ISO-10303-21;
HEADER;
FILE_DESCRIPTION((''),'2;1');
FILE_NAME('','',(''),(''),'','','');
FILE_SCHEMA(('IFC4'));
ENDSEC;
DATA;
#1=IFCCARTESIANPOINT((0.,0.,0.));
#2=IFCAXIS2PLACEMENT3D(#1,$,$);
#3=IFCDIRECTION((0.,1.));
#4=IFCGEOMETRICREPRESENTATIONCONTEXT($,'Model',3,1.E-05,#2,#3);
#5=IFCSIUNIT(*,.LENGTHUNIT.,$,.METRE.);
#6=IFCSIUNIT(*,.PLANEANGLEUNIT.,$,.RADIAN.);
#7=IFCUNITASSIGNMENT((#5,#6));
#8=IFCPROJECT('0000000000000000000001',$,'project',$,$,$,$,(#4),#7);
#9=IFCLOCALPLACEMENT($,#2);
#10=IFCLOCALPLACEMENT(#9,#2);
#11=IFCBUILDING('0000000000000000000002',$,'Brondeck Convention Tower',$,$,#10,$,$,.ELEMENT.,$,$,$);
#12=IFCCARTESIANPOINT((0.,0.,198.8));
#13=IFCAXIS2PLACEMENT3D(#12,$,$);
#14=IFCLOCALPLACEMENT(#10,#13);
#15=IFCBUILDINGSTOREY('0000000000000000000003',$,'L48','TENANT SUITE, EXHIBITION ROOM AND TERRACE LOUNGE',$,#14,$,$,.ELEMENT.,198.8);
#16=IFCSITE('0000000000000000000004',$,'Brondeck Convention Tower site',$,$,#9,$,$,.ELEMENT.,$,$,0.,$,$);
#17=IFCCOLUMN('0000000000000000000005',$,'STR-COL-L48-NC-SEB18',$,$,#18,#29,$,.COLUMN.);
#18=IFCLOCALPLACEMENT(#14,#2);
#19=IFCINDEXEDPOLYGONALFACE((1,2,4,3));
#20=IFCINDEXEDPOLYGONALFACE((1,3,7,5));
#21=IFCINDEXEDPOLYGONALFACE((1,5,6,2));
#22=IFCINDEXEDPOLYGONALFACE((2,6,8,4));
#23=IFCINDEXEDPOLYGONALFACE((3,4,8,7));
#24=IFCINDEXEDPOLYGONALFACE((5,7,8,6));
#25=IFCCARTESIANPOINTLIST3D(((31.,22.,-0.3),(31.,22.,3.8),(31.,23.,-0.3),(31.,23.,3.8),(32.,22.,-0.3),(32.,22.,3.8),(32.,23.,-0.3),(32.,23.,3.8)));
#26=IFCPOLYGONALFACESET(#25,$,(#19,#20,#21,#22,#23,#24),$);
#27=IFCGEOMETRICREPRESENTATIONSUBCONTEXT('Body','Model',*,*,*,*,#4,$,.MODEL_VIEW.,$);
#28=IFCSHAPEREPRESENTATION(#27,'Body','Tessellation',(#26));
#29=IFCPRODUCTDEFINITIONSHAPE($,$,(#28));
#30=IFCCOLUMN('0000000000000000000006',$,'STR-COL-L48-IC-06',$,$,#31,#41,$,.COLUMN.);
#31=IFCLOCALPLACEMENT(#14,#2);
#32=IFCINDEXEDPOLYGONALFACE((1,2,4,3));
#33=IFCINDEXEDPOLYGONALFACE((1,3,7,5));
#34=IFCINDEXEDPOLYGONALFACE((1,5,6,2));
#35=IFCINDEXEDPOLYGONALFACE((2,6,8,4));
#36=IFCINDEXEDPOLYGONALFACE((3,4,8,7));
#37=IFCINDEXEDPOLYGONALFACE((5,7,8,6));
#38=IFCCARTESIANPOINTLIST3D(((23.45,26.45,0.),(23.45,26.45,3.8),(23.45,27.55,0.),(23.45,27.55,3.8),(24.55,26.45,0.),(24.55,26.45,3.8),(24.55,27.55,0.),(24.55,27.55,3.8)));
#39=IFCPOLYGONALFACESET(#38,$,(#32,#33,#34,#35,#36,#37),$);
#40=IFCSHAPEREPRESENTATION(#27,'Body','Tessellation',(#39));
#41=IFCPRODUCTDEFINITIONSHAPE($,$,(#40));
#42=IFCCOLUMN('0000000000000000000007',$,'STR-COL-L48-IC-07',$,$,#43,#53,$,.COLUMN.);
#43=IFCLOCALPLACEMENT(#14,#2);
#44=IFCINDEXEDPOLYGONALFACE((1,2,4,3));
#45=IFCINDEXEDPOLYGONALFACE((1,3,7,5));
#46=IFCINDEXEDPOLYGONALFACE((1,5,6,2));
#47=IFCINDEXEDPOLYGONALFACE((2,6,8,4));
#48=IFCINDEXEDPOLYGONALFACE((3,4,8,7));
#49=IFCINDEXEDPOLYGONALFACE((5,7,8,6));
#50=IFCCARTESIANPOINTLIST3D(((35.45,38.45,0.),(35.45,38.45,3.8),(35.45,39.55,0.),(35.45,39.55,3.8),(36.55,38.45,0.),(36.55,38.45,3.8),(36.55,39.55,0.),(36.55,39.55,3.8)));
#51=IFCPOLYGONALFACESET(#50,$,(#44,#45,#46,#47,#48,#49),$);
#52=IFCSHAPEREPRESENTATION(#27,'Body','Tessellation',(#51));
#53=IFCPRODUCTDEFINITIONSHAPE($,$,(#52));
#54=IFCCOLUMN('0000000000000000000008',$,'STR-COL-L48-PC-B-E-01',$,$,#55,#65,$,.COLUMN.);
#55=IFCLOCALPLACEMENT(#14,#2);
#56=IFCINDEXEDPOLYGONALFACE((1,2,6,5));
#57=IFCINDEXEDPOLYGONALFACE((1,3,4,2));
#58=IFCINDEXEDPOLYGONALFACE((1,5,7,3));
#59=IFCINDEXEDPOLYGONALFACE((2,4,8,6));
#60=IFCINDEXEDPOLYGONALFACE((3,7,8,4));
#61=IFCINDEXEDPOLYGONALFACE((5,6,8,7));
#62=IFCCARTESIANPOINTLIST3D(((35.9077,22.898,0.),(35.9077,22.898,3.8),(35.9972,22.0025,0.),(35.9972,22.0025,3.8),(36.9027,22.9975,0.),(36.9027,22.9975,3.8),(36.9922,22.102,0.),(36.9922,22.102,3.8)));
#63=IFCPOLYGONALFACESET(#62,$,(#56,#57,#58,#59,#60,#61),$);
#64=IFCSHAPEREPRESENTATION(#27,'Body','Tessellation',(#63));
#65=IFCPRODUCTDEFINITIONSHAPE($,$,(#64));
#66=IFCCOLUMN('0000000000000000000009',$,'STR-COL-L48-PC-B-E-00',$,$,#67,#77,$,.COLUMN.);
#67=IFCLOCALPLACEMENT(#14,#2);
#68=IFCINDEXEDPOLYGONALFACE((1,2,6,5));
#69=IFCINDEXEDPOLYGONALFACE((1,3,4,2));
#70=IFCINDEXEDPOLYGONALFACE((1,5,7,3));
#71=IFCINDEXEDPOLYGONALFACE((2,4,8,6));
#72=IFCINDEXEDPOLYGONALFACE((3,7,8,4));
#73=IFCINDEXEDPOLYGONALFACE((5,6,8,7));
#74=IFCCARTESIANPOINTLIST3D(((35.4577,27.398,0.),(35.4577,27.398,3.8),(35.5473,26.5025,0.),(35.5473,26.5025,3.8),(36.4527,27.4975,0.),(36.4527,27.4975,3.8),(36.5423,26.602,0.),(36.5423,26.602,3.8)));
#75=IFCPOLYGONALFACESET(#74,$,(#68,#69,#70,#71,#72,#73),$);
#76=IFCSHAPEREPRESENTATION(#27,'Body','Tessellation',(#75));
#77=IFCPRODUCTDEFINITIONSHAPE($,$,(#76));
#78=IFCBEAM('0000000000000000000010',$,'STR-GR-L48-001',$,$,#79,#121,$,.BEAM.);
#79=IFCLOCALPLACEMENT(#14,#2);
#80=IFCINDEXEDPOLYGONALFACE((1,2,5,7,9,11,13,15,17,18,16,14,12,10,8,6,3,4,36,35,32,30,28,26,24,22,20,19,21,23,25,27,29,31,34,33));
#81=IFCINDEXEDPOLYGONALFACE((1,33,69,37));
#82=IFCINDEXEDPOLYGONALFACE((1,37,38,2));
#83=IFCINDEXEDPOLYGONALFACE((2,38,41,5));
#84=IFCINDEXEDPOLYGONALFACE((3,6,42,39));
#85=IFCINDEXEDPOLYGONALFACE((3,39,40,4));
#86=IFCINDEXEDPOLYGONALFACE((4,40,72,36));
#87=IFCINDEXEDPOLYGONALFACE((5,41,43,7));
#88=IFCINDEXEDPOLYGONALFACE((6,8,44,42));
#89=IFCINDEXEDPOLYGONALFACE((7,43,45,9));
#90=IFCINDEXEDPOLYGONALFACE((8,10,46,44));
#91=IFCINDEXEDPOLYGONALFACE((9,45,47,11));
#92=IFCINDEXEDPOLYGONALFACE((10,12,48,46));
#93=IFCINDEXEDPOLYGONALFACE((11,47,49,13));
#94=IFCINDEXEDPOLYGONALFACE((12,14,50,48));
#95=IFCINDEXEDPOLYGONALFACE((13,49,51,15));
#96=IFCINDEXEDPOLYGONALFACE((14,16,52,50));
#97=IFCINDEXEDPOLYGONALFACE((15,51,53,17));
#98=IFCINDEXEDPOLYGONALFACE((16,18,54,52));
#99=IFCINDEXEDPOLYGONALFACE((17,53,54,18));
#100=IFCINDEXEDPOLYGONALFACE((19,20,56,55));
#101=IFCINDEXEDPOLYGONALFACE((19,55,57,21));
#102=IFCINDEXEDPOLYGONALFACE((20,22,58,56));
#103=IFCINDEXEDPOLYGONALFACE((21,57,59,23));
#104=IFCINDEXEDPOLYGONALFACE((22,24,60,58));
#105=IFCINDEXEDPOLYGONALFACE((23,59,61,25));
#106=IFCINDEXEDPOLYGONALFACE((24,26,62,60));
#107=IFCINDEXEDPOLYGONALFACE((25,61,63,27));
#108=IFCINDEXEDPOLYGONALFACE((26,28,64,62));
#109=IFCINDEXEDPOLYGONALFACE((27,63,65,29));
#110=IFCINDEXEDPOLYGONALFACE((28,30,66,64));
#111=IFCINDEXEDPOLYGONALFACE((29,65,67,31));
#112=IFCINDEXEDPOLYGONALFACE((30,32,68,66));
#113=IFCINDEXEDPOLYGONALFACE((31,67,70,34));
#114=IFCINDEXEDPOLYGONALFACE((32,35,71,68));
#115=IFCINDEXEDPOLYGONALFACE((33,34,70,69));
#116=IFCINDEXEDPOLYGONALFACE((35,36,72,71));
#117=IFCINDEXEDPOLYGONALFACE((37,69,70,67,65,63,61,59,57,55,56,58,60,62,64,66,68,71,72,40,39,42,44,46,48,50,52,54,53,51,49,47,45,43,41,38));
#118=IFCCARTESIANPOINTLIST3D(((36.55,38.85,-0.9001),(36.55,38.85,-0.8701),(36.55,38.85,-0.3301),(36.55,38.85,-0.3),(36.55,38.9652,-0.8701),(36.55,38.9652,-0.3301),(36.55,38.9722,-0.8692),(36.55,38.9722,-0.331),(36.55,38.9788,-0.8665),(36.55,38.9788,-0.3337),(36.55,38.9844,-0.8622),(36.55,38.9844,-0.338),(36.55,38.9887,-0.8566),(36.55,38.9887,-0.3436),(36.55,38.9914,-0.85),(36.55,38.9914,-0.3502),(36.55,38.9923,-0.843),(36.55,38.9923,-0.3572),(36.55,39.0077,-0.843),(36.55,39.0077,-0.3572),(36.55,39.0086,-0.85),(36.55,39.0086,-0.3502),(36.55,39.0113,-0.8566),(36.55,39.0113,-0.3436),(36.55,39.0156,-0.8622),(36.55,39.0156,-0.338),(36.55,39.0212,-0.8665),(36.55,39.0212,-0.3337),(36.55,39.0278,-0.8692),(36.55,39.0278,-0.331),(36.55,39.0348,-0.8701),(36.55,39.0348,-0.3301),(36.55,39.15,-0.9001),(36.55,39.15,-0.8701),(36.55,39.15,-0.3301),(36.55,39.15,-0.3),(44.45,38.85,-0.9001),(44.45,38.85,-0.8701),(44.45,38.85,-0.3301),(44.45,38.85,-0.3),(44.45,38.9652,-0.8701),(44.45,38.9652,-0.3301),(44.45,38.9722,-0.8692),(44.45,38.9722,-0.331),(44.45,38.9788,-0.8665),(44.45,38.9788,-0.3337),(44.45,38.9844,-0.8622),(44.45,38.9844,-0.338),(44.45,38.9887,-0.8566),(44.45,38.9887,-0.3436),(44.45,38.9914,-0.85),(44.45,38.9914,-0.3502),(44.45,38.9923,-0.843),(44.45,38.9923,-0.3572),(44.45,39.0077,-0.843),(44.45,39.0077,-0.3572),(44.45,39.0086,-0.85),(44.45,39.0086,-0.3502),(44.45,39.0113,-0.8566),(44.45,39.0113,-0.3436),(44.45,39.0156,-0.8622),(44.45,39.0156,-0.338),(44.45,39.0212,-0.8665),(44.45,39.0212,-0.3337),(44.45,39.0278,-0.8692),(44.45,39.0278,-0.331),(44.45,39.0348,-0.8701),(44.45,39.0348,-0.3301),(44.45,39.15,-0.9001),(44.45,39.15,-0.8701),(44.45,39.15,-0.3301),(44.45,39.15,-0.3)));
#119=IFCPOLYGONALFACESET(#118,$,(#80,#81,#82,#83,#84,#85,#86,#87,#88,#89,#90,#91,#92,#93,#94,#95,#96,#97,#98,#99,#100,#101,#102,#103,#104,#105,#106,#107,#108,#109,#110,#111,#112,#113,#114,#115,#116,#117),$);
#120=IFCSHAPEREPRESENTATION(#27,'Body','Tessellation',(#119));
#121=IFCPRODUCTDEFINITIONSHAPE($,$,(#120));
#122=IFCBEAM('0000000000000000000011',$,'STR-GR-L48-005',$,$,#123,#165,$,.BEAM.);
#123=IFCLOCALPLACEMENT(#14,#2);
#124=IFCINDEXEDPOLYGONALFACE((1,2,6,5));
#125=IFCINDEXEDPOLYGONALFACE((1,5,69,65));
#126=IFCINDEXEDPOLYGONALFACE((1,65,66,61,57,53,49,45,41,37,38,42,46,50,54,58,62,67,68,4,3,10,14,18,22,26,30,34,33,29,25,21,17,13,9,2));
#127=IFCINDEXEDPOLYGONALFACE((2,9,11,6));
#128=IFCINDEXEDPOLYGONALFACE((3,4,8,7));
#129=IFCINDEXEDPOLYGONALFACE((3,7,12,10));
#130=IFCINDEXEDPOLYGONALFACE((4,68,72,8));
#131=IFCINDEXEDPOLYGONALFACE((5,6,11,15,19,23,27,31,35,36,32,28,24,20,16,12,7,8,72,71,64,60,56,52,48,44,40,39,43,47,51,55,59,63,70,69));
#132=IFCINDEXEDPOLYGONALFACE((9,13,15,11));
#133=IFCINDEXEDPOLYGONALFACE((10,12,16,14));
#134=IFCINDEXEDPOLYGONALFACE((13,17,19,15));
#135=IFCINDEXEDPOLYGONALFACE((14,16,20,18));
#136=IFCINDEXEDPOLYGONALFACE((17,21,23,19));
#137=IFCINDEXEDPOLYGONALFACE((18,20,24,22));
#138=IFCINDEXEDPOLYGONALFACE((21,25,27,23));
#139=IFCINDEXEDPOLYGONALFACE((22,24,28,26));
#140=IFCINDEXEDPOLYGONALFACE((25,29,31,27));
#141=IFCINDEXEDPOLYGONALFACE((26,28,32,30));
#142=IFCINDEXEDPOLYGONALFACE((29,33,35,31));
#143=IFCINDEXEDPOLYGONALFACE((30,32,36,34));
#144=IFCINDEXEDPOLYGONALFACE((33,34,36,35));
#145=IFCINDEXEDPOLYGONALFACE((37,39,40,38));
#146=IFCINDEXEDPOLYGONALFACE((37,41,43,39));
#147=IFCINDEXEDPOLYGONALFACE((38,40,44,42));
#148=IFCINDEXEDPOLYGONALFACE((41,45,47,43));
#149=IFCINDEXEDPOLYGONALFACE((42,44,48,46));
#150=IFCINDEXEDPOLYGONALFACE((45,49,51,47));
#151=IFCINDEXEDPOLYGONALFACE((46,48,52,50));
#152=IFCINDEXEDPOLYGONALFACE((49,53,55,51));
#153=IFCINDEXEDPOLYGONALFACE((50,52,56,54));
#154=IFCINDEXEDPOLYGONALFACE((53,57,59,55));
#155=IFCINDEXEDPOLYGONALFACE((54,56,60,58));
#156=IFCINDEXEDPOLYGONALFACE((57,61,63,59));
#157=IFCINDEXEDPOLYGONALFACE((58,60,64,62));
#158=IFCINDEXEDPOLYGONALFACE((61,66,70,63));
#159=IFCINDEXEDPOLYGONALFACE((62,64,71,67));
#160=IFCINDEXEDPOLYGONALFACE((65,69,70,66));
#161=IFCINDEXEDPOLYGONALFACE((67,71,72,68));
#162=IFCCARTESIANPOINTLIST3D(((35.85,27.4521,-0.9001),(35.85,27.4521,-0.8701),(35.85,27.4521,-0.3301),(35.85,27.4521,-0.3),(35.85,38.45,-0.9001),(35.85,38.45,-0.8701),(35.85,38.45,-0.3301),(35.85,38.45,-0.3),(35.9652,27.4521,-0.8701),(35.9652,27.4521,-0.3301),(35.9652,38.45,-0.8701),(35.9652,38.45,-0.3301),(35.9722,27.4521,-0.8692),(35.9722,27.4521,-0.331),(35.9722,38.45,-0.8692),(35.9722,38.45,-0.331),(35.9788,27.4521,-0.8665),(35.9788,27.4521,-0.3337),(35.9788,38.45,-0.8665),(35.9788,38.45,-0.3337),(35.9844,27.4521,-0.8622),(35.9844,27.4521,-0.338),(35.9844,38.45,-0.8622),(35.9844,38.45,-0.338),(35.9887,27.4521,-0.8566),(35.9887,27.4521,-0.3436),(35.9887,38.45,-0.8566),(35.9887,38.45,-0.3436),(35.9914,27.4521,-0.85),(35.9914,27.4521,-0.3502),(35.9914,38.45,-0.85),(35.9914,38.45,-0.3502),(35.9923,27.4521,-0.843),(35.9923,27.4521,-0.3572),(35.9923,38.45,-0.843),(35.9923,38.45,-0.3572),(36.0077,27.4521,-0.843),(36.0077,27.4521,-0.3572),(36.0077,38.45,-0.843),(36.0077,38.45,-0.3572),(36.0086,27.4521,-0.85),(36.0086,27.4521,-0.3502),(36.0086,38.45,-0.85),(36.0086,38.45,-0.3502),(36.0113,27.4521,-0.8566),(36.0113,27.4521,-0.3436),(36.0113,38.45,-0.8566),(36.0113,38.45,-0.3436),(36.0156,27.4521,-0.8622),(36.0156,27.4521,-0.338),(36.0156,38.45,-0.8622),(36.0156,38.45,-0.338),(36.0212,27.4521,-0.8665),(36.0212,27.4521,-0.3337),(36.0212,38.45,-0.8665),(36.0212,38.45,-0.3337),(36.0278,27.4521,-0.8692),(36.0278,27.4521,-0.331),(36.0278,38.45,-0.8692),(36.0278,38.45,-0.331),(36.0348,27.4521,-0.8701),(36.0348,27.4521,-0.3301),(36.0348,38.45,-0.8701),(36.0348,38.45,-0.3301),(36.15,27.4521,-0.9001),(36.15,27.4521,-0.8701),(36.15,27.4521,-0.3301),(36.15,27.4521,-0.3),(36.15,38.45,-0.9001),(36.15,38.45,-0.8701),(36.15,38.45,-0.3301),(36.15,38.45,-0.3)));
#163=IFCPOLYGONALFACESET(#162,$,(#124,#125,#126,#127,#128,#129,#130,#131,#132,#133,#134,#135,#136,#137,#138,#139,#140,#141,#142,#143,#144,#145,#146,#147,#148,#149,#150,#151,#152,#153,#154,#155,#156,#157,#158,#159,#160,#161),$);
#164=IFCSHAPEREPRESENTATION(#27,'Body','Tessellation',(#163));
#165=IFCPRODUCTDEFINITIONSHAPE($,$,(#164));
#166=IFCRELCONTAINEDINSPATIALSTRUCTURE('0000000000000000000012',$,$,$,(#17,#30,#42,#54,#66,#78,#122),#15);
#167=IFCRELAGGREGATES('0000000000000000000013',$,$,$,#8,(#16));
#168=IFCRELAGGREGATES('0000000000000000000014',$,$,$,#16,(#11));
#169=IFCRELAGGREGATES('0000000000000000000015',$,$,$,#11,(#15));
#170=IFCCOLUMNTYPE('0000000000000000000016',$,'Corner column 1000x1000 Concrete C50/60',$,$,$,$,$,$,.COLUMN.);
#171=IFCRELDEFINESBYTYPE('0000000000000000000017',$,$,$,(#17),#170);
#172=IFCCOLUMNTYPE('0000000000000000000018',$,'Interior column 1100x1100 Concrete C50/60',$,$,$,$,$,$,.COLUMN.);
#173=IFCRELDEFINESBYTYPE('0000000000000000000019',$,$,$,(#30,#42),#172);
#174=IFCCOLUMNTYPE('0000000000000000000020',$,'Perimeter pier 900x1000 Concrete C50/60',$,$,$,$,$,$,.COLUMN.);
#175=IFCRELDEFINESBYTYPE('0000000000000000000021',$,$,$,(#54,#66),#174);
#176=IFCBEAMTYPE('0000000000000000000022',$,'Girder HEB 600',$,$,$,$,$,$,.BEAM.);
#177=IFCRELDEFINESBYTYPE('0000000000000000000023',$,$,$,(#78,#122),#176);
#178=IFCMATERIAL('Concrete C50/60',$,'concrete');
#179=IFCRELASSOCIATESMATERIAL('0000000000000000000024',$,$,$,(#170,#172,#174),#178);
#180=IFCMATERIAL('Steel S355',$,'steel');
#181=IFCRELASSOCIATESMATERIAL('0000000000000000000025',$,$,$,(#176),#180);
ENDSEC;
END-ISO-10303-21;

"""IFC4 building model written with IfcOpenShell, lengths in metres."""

from ifc_helpers import new_model, si_unit, direction, frame, origin, origin_2d, place, context, subcontext, project, spatial, rectangle, i_section, extrude, material, material_profile, profile_set, type_object, element, save


model = new_model("IFC4")

# Units and contexts
model_context = context("Model", 3, precision=1e-05, world=origin(), true_north=direction((0.0, 1.0)))
body_context = subcontext(model_context, "Body", "Model", "MODEL_VIEW")
ifc_project = project(units=[si_unit("LENGTHUNIT", "METRE"), si_unit("PLANEANGLEUNIT", "RADIAN")], contexts=[model_context])

# Site, building, storey
site_placement = place(None, origin())
site = spatial("IfcSite", under=ifc_project, at=site_placement, Name="Brondeck Convention Tower site", CompositionType="ELEMENT", RefElevation=0.0)
building_placement = place(site_placement, origin())
building = spatial("IfcBuilding", under=site, at=building_placement, Name="Brondeck Convention Tower", CompositionType="ELEMENT")
storey_placement = place(building_placement, frame((0.0, 0.0, 198.8)))
storey = spatial("IfcBuildingStorey", under=building, at=storey_placement, Name="L48", Description="TENANT SUITE, EXHIBITION ROOM AND TERRACE LOUNGE", CompositionType="ELEMENT", Elevation=198.8)

# Columns
ifc_material_1 = material(Name="Concrete C50/60", Category="concrete")
ifc_material_profile_1 = material_profile(ifc_material_1, rectangle(XDim=1.0, YDim=1.0, at=origin_2d()), Name="Corner column 1000x1000 Concrete C50/60")
ifc_profile_set_1 = profile_set([ifc_material_profile_1], Name="Concrete C50/60")
column_type_1 = type_object("IfcColumnType", Name="Corner column 1000x1000 Concrete C50/60", PredefinedType="COLUMN", material=ifc_profile_set_1)
column_placement = place(storey_placement, frame((31.5, 22.5, -0.3), z_axis=(0.0, 0.0, 1.0), x_axis=(1.0, 0.0, 0.0)))
element("IfcColumn", 1, at=column_placement, inside=storey, type_object=column_type_1, Name="STR-COL-L48-NC-SEB18", PredefinedType="COLUMN", context=body_context, shape_type="SweptSolid", body=[
    extrude(rectangle(XDim=1.0, YDim=1.0, at=origin_2d()), origin(), (0.0, 0.0, 1.0), 4.1001),
])
ifc_material_profile_2 = material_profile(ifc_material_1, rectangle(XDim=1.1001, YDim=1.1001, at=origin_2d()), Name="Interior column 1100x1100 Concrete C50/60")
ifc_profile_set_2 = profile_set([ifc_material_profile_2], Name="Concrete C50/60")
column_type_2 = type_object("IfcColumnType", Name="Interior column 1100x1100 Concrete C50/60", PredefinedType="COLUMN", material=ifc_profile_set_2)
for number, where, z_axis, x_axis, name in (
    (2, (24.0, 27.0, 0.0), (0.0, 0.0, 1.0), (1.0, 0.0, 0.0), "STR-COL-L48-IC-06"),
    (3, (36.0, 39.0, 0.0), (0.0, 0.0, 1.0), (1.0, 0.0, 0.0), "STR-COL-L48-IC-07"),
):
    element("IfcColumn", number, at=place(storey_placement, frame(where, z_axis=z_axis, x_axis=x_axis)), inside=storey, type_object=column_type_2, Name=name, PredefinedType="COLUMN", context=body_context, shape_type="SweptSolid", body=[
        extrude(rectangle(XDim=1.1001, YDim=1.1001, at=origin_2d()), origin(), (0.0, 0.0, 1.0), 3.8),
    ])
ifc_material_profile_3 = material_profile(ifc_material_1, rectangle(XDim=0.8999, YDim=1.0, at=origin_2d()), Name="Perimeter pier 900x1000 Concrete C50/60")
ifc_profile_set_3 = profile_set([ifc_material_profile_3], Name="Concrete C50/60")
column_type_3 = type_object("IfcColumnType", Name="Perimeter pier 900x1000 Concrete C50/60", PredefinedType="COLUMN", material=ifc_profile_set_3)
for number, where, z_axis, x_axis, name in (
    (4, (36.45, 22.5, 0.0), (0.0, 0.0, 1.0), (-0.099504, 0.995037, 0.0), "STR-COL-L48-PC-B-E-01"),
    (5, (36.0, 27.0, 0.0), (0.0, 0.0, 1.0), (-0.099504, 0.995037, 0.0), "STR-COL-L48-PC-B-E-00"),
):
    element("IfcColumn", number, at=place(storey_placement, frame(where, z_axis=z_axis, x_axis=x_axis)), inside=storey, type_object=column_type_3, Name=name, PredefinedType="COLUMN", context=body_context, shape_type="SweptSolid", body=[
        extrude(rectangle(XDim=0.8999, YDim=1.0, at=origin_2d()), origin(), (0.0, 0.0, 1.0), 3.8),
    ])

# Beams
ifc_material_2 = material(Name="Steel S355", Category="steel")
ifc_material_profile_4 = material_profile(ifc_material_2, i_section(OverallWidth=0.3, OverallDepth=0.6001, WebThickness=0.0154, FlangeThickness=0.03, FilletRadius=0.0271, at=origin_2d()), Name="HEB 600")
ifc_profile_set_4 = profile_set([ifc_material_profile_4], Name="Steel S355")
beam_type_1 = type_object("IfcBeamType", Name="Girder HEB 600", PredefinedType="BEAM", material=ifc_profile_set_4)
beam_1_placement = place(storey_placement, frame((36.55, 39.0, -0.6001), z_axis=(1.0, 0.0, 0.0), x_axis=(0.0, 1.0, 0.0)))
element("IfcBeam", 6, at=beam_1_placement, inside=storey, type_object=beam_type_1, Name="STR-GR-L48-001", PredefinedType="BEAM", context=body_context, shape_type="SweptSolid", body=[
    extrude(i_section(OverallWidth=0.3, OverallDepth=0.6001, WebThickness=0.0154, FlangeThickness=0.03, FilletRadius=0.0271, at=origin_2d()), origin(), (0.0, 0.0, 1.0), 7.8999),
])
beam_2_placement = place(storey_placement, frame((36.0, 27.4521, -0.6001), z_axis=(0.0, 1.0, 0.0), x_axis=(-1.0, 0.0, 0.0)))
element("IfcBeam", 7, at=beam_2_placement, inside=storey, type_object=beam_type_1, Name="STR-GR-L48-005", PredefinedType="BEAM", context=body_context, shape_type="SweptSolid", body=[
    extrude(i_section(OverallWidth=0.3, OverallDepth=0.6001, WebThickness=0.0154, FlangeThickness=0.03, FilletRadius=0.0271, at=origin_2d()), origin(), (0.0, 0.0, 1.0), 10.9978),
])

save(model, "model.ifc")
